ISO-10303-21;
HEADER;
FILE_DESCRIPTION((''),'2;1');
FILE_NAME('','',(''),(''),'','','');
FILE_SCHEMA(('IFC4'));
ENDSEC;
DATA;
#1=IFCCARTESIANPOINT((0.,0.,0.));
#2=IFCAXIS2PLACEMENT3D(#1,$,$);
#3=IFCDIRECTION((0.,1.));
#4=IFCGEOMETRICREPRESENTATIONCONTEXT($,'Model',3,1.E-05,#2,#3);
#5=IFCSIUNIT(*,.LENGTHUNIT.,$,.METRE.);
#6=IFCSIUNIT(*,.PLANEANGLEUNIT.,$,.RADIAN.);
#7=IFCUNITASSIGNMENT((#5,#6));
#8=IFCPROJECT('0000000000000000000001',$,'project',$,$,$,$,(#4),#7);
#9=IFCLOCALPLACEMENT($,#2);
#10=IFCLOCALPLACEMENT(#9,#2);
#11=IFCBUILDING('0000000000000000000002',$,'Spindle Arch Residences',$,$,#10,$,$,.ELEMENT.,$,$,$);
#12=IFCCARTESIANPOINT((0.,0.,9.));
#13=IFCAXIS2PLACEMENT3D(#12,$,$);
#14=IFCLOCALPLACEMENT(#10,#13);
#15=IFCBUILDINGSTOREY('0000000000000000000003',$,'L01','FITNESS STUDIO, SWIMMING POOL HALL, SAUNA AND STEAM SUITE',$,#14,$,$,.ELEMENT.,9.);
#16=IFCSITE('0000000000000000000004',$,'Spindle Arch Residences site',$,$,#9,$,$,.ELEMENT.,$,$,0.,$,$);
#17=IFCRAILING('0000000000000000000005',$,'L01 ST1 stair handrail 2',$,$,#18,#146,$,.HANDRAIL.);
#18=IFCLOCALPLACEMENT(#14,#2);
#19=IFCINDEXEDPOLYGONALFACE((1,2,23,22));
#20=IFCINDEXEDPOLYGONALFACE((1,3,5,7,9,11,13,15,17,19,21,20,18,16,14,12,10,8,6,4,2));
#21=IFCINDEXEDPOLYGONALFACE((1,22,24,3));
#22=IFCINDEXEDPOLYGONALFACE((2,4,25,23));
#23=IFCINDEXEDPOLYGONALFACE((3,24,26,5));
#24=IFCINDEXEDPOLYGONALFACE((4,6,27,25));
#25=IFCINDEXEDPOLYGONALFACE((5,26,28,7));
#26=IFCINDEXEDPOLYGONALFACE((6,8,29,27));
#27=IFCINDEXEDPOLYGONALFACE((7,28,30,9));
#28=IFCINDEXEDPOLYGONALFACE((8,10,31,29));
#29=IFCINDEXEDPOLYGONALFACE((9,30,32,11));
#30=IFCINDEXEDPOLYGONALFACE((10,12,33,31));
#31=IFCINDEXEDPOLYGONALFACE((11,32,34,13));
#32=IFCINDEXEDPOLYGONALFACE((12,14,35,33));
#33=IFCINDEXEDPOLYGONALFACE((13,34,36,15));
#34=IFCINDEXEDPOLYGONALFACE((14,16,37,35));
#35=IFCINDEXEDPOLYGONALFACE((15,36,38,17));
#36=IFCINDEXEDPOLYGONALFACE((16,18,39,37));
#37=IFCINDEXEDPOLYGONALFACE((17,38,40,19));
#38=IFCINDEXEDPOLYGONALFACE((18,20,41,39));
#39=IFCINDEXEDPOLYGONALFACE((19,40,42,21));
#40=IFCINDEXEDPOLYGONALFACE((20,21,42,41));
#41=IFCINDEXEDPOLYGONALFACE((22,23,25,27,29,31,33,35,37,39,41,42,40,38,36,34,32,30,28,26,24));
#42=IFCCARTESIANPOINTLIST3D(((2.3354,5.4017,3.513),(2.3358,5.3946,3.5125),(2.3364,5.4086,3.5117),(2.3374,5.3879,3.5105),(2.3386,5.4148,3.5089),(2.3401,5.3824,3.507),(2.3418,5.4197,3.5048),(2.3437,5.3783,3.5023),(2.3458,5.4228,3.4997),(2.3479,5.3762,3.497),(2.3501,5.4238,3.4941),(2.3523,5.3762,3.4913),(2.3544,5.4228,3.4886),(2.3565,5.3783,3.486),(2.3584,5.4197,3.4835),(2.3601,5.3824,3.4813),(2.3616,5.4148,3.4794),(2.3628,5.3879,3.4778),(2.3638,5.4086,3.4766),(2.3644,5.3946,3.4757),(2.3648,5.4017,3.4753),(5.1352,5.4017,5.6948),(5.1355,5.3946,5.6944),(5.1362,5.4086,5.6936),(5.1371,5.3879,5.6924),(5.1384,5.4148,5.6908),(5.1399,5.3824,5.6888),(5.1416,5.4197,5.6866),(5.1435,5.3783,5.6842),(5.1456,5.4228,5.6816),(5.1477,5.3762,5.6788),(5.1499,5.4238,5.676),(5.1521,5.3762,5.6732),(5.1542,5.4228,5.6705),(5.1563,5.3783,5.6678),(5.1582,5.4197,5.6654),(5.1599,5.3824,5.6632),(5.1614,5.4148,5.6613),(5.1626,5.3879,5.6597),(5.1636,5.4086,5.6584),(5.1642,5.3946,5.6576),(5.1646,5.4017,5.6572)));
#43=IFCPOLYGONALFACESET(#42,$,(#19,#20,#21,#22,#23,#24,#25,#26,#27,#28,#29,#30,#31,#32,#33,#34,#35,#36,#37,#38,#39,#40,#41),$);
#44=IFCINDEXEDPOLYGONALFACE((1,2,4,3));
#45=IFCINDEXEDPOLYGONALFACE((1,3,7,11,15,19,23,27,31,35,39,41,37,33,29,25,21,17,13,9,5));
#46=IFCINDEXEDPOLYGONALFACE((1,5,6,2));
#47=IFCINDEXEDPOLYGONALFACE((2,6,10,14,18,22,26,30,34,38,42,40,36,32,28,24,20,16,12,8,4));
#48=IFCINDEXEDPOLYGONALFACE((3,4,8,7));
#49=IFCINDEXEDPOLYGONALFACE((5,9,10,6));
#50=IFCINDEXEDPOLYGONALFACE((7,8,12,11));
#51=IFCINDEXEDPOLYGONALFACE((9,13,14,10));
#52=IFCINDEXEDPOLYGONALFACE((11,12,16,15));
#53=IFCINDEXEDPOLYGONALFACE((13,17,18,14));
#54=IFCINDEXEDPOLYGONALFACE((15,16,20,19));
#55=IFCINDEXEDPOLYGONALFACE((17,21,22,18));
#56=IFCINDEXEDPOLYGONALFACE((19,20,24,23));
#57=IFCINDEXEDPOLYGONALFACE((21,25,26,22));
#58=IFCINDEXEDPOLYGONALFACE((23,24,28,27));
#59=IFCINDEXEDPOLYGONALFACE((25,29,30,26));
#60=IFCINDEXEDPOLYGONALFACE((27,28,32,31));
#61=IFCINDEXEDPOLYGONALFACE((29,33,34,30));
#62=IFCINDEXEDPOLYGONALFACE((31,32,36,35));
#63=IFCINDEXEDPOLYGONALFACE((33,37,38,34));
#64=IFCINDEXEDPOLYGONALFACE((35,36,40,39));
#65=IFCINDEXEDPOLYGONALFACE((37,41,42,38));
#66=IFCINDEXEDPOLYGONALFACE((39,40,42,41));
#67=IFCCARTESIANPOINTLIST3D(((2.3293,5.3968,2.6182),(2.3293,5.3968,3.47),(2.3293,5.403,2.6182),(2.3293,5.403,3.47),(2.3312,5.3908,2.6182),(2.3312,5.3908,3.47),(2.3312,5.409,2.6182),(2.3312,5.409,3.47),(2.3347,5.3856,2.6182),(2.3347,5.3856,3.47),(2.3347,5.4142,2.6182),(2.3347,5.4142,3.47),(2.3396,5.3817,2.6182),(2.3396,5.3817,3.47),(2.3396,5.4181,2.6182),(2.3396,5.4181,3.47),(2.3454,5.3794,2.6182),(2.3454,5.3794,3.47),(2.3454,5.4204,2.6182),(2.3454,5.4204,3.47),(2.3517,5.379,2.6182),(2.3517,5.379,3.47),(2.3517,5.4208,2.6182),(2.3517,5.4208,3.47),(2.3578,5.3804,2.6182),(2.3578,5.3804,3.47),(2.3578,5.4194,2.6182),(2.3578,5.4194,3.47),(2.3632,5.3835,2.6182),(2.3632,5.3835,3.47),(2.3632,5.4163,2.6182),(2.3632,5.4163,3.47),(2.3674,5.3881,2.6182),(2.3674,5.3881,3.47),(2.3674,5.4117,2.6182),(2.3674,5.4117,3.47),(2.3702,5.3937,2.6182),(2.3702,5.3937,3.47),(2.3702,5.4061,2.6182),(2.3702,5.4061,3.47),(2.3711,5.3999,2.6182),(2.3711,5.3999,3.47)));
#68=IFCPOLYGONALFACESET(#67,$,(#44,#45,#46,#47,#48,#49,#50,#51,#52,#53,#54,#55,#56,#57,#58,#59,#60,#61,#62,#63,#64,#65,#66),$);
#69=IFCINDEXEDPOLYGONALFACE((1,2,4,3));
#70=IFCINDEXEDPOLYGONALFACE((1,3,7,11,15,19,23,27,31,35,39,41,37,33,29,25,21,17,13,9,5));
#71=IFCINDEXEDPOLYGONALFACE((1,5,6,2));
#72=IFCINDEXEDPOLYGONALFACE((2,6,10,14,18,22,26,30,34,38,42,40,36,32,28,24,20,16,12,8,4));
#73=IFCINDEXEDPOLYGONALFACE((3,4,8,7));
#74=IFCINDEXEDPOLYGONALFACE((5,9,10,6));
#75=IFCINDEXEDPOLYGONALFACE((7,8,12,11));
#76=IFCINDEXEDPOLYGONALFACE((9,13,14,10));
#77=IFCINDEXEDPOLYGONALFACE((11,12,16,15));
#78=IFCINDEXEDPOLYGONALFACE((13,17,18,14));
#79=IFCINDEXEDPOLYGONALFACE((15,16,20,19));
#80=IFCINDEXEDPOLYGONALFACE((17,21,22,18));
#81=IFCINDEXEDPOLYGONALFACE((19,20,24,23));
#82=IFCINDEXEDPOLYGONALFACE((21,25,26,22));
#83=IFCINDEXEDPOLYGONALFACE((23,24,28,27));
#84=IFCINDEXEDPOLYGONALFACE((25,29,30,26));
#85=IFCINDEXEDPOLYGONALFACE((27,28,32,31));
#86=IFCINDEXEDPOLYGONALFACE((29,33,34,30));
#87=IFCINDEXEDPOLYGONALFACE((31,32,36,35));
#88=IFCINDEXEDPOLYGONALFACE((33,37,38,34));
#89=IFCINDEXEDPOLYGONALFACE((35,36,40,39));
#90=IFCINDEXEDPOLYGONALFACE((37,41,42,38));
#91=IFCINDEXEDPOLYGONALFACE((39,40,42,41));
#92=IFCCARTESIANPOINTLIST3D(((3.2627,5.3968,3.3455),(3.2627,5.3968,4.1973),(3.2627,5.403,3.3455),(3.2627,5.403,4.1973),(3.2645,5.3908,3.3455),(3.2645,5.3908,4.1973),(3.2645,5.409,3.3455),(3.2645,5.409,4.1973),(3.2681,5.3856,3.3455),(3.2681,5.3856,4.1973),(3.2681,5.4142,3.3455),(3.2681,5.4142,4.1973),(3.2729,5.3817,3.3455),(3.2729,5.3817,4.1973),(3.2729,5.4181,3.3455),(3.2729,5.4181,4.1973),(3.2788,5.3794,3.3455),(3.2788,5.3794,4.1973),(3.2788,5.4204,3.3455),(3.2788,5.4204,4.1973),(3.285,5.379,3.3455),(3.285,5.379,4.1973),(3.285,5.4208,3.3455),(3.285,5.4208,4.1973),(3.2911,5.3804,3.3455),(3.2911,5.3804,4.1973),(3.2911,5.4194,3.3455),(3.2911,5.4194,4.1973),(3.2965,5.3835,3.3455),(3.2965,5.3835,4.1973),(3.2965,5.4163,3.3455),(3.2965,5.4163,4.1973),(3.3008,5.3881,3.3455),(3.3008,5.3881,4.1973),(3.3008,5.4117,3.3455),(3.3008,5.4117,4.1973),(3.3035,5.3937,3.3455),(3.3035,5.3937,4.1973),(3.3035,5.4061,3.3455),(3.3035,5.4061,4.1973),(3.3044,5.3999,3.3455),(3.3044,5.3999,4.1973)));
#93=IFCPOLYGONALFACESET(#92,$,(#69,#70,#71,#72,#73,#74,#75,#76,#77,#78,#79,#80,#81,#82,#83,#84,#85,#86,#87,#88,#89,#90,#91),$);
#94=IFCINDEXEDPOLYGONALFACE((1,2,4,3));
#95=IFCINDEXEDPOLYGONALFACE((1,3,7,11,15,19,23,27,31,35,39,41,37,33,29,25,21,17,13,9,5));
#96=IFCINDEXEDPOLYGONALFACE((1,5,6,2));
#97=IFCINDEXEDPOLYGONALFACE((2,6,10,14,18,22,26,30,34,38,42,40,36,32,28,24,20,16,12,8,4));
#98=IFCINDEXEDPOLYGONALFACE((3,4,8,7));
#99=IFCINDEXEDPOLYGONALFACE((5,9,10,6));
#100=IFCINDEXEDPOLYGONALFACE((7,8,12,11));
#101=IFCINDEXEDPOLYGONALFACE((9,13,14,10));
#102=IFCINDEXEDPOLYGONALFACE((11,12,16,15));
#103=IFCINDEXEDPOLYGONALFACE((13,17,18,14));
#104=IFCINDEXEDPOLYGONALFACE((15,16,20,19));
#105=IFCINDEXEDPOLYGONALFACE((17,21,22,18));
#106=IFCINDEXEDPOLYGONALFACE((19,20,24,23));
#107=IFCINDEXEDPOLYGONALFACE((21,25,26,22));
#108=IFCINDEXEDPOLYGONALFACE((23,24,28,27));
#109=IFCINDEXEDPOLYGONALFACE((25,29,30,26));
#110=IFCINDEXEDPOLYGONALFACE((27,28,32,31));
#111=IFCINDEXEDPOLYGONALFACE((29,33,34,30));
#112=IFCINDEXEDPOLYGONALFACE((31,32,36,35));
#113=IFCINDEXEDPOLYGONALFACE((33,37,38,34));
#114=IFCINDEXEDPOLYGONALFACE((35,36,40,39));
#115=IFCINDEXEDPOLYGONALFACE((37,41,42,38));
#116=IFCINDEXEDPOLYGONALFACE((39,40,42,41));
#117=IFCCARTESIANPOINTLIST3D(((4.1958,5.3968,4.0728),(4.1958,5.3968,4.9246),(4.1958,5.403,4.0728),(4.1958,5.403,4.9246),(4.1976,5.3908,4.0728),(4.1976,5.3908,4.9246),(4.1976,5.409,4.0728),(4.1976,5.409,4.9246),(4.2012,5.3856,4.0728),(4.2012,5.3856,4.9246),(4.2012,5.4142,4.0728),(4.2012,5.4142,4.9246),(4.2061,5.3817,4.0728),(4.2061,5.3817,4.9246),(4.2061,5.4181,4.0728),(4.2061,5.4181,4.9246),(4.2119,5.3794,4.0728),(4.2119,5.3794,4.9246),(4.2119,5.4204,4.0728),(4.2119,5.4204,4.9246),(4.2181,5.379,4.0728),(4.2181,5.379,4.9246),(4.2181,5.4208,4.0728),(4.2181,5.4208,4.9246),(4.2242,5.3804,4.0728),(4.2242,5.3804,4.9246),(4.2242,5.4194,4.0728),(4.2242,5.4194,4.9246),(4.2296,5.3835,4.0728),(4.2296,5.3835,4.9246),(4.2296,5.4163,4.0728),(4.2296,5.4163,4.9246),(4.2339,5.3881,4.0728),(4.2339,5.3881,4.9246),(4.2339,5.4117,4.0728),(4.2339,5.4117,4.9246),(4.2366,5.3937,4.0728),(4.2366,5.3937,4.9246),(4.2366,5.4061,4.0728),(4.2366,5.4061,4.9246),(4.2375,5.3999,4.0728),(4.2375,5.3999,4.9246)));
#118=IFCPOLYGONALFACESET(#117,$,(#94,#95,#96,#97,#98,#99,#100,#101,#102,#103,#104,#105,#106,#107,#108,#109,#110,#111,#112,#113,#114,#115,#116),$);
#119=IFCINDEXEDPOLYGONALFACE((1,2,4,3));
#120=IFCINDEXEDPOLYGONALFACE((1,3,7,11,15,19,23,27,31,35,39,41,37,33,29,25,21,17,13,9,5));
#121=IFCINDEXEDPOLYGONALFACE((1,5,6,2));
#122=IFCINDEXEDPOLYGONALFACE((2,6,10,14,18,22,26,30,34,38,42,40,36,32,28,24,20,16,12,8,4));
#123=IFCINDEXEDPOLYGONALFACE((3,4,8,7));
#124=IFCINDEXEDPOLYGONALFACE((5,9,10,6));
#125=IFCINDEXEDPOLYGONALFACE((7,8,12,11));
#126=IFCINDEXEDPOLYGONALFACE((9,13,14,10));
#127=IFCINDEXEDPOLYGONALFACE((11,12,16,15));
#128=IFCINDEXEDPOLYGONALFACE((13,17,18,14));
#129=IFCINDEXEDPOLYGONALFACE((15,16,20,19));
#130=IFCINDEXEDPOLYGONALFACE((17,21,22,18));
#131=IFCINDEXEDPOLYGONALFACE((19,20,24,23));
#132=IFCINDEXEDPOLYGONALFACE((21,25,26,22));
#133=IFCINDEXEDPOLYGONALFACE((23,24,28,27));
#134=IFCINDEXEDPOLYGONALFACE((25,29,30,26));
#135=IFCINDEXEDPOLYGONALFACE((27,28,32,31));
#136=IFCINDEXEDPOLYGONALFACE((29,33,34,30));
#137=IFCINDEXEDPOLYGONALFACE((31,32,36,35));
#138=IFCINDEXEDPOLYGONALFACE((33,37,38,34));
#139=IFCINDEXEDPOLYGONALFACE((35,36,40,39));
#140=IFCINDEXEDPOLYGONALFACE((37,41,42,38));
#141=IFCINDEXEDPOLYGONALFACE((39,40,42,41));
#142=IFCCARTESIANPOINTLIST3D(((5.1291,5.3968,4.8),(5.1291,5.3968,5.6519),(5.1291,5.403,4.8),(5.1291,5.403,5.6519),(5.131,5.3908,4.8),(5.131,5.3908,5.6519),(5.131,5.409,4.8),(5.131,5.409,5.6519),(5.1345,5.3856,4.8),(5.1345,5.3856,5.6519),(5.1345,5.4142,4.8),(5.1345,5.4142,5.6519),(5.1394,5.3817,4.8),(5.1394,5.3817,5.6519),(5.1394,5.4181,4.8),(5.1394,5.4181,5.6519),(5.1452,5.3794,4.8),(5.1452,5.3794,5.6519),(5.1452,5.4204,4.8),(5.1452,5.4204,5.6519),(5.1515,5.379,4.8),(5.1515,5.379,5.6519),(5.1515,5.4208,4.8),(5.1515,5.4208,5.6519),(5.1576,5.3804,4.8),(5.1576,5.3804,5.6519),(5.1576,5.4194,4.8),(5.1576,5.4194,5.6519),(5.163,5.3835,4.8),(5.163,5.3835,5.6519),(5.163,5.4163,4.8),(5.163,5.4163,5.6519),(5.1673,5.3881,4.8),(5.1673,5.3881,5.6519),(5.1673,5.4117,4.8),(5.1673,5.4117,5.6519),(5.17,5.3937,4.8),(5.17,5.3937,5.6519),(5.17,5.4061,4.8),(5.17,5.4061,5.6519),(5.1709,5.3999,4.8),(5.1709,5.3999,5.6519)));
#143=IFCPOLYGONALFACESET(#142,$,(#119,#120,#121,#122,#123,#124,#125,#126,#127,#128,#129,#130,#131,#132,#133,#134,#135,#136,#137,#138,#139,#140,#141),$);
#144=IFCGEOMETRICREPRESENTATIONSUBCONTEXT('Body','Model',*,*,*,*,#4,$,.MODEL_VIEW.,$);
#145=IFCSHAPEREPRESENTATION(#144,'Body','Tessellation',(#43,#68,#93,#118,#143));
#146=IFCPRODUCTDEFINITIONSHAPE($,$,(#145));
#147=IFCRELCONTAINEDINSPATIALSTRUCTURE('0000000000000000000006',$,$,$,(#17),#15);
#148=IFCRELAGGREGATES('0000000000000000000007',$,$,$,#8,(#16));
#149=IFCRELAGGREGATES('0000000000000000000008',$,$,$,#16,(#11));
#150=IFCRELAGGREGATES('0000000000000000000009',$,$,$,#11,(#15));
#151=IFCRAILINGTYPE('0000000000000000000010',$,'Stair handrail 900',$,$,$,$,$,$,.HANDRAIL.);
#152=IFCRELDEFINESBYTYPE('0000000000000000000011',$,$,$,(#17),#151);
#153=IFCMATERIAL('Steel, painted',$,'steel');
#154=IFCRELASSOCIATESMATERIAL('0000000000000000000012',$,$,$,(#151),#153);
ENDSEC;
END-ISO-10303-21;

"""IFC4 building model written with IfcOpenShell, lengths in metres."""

from ifc_helpers import new_model, si_unit, direction, frame, origin, origin_2d, place, context, subcontext, project, spatial, circle, extrude, material, type_object, element, save


model = new_model("IFC4")

# Units and contexts
model_context = context("Model", 3, precision=1e-05, world=origin(), true_north=direction((0.0, 1.0)))
body_context = subcontext(model_context, "Body", "Model", "MODEL_VIEW")
ifc_project = project(units=[si_unit("LENGTHUNIT", "METRE"), si_unit("PLANEANGLEUNIT", "RADIAN")], contexts=[model_context])

# Site, building, storey
site_placement = place(None, origin())
site = spatial("IfcSite", under=ifc_project, at=site_placement, Name="Spindle Arch Residences site", CompositionType="ELEMENT", RefElevation=0.0)
building_placement = place(site_placement, origin())
building = spatial("IfcBuilding", under=site, at=building_placement, Name="Spindle Arch Residences", CompositionType="ELEMENT")
storey_placement = place(building_placement, frame((0.0, 0.0, 9.0)))
storey = spatial("IfcBuildingStorey", under=building, at=storey_placement, Name="L01", Description="FITNESS STUDIO, SWIMMING POOL HALL, SAUNA AND STEAM SUITE", CompositionType="ELEMENT", Elevation=9.0)

# Railing
ifc_material_1 = material(Name="Steel, painted", Category="steel")
railing_type_1 = type_object("IfcRailingType", Name="Stair handrail 900", PredefinedType="HANDRAIL", material=ifc_material_1)
railing_1_placement = place(storey_placement, frame((2.3501, 5.3999, 2.6182)))
element("IfcRailing", 1, at=railing_1_placement, inside=storey, type_object=railing_type_1, Name="L01 ST1 stair handrail 2", PredefinedType="HANDRAIL", context=body_context, shape_type="SweptSolid", body=[
    extrude(circle(Radius=0.0239, at=origin_2d()), frame((0.0, 0.0, 0.876), z_axis=(0.78877, 0.0, 0.614688), x_axis=(0.0, 1.0, 0.0)), (0.0, 0.0, 1.0), 3.5496),
    extrude(circle(Radius=0.021, at=origin_2d()), origin(), (0.0, 0.0, 1.0), 0.8518),
    extrude(circle(Radius=0.021, at=origin_2d()), frame((0.9333, 0.0, 0.7273)), (0.0, 0.0, 1.0), 0.8518),
    extrude(circle(Radius=0.021, at=origin_2d()), frame((1.8665, 0.0, 1.4546)), (0.0, 0.0, 1.0), 0.8518),
    extrude(circle(Radius=0.021, at=origin_2d()), frame((2.7998, 0.0, 2.1819)), (0.0, 0.0, 1.0), 0.8518),
])

save(model, "model.ifc")
